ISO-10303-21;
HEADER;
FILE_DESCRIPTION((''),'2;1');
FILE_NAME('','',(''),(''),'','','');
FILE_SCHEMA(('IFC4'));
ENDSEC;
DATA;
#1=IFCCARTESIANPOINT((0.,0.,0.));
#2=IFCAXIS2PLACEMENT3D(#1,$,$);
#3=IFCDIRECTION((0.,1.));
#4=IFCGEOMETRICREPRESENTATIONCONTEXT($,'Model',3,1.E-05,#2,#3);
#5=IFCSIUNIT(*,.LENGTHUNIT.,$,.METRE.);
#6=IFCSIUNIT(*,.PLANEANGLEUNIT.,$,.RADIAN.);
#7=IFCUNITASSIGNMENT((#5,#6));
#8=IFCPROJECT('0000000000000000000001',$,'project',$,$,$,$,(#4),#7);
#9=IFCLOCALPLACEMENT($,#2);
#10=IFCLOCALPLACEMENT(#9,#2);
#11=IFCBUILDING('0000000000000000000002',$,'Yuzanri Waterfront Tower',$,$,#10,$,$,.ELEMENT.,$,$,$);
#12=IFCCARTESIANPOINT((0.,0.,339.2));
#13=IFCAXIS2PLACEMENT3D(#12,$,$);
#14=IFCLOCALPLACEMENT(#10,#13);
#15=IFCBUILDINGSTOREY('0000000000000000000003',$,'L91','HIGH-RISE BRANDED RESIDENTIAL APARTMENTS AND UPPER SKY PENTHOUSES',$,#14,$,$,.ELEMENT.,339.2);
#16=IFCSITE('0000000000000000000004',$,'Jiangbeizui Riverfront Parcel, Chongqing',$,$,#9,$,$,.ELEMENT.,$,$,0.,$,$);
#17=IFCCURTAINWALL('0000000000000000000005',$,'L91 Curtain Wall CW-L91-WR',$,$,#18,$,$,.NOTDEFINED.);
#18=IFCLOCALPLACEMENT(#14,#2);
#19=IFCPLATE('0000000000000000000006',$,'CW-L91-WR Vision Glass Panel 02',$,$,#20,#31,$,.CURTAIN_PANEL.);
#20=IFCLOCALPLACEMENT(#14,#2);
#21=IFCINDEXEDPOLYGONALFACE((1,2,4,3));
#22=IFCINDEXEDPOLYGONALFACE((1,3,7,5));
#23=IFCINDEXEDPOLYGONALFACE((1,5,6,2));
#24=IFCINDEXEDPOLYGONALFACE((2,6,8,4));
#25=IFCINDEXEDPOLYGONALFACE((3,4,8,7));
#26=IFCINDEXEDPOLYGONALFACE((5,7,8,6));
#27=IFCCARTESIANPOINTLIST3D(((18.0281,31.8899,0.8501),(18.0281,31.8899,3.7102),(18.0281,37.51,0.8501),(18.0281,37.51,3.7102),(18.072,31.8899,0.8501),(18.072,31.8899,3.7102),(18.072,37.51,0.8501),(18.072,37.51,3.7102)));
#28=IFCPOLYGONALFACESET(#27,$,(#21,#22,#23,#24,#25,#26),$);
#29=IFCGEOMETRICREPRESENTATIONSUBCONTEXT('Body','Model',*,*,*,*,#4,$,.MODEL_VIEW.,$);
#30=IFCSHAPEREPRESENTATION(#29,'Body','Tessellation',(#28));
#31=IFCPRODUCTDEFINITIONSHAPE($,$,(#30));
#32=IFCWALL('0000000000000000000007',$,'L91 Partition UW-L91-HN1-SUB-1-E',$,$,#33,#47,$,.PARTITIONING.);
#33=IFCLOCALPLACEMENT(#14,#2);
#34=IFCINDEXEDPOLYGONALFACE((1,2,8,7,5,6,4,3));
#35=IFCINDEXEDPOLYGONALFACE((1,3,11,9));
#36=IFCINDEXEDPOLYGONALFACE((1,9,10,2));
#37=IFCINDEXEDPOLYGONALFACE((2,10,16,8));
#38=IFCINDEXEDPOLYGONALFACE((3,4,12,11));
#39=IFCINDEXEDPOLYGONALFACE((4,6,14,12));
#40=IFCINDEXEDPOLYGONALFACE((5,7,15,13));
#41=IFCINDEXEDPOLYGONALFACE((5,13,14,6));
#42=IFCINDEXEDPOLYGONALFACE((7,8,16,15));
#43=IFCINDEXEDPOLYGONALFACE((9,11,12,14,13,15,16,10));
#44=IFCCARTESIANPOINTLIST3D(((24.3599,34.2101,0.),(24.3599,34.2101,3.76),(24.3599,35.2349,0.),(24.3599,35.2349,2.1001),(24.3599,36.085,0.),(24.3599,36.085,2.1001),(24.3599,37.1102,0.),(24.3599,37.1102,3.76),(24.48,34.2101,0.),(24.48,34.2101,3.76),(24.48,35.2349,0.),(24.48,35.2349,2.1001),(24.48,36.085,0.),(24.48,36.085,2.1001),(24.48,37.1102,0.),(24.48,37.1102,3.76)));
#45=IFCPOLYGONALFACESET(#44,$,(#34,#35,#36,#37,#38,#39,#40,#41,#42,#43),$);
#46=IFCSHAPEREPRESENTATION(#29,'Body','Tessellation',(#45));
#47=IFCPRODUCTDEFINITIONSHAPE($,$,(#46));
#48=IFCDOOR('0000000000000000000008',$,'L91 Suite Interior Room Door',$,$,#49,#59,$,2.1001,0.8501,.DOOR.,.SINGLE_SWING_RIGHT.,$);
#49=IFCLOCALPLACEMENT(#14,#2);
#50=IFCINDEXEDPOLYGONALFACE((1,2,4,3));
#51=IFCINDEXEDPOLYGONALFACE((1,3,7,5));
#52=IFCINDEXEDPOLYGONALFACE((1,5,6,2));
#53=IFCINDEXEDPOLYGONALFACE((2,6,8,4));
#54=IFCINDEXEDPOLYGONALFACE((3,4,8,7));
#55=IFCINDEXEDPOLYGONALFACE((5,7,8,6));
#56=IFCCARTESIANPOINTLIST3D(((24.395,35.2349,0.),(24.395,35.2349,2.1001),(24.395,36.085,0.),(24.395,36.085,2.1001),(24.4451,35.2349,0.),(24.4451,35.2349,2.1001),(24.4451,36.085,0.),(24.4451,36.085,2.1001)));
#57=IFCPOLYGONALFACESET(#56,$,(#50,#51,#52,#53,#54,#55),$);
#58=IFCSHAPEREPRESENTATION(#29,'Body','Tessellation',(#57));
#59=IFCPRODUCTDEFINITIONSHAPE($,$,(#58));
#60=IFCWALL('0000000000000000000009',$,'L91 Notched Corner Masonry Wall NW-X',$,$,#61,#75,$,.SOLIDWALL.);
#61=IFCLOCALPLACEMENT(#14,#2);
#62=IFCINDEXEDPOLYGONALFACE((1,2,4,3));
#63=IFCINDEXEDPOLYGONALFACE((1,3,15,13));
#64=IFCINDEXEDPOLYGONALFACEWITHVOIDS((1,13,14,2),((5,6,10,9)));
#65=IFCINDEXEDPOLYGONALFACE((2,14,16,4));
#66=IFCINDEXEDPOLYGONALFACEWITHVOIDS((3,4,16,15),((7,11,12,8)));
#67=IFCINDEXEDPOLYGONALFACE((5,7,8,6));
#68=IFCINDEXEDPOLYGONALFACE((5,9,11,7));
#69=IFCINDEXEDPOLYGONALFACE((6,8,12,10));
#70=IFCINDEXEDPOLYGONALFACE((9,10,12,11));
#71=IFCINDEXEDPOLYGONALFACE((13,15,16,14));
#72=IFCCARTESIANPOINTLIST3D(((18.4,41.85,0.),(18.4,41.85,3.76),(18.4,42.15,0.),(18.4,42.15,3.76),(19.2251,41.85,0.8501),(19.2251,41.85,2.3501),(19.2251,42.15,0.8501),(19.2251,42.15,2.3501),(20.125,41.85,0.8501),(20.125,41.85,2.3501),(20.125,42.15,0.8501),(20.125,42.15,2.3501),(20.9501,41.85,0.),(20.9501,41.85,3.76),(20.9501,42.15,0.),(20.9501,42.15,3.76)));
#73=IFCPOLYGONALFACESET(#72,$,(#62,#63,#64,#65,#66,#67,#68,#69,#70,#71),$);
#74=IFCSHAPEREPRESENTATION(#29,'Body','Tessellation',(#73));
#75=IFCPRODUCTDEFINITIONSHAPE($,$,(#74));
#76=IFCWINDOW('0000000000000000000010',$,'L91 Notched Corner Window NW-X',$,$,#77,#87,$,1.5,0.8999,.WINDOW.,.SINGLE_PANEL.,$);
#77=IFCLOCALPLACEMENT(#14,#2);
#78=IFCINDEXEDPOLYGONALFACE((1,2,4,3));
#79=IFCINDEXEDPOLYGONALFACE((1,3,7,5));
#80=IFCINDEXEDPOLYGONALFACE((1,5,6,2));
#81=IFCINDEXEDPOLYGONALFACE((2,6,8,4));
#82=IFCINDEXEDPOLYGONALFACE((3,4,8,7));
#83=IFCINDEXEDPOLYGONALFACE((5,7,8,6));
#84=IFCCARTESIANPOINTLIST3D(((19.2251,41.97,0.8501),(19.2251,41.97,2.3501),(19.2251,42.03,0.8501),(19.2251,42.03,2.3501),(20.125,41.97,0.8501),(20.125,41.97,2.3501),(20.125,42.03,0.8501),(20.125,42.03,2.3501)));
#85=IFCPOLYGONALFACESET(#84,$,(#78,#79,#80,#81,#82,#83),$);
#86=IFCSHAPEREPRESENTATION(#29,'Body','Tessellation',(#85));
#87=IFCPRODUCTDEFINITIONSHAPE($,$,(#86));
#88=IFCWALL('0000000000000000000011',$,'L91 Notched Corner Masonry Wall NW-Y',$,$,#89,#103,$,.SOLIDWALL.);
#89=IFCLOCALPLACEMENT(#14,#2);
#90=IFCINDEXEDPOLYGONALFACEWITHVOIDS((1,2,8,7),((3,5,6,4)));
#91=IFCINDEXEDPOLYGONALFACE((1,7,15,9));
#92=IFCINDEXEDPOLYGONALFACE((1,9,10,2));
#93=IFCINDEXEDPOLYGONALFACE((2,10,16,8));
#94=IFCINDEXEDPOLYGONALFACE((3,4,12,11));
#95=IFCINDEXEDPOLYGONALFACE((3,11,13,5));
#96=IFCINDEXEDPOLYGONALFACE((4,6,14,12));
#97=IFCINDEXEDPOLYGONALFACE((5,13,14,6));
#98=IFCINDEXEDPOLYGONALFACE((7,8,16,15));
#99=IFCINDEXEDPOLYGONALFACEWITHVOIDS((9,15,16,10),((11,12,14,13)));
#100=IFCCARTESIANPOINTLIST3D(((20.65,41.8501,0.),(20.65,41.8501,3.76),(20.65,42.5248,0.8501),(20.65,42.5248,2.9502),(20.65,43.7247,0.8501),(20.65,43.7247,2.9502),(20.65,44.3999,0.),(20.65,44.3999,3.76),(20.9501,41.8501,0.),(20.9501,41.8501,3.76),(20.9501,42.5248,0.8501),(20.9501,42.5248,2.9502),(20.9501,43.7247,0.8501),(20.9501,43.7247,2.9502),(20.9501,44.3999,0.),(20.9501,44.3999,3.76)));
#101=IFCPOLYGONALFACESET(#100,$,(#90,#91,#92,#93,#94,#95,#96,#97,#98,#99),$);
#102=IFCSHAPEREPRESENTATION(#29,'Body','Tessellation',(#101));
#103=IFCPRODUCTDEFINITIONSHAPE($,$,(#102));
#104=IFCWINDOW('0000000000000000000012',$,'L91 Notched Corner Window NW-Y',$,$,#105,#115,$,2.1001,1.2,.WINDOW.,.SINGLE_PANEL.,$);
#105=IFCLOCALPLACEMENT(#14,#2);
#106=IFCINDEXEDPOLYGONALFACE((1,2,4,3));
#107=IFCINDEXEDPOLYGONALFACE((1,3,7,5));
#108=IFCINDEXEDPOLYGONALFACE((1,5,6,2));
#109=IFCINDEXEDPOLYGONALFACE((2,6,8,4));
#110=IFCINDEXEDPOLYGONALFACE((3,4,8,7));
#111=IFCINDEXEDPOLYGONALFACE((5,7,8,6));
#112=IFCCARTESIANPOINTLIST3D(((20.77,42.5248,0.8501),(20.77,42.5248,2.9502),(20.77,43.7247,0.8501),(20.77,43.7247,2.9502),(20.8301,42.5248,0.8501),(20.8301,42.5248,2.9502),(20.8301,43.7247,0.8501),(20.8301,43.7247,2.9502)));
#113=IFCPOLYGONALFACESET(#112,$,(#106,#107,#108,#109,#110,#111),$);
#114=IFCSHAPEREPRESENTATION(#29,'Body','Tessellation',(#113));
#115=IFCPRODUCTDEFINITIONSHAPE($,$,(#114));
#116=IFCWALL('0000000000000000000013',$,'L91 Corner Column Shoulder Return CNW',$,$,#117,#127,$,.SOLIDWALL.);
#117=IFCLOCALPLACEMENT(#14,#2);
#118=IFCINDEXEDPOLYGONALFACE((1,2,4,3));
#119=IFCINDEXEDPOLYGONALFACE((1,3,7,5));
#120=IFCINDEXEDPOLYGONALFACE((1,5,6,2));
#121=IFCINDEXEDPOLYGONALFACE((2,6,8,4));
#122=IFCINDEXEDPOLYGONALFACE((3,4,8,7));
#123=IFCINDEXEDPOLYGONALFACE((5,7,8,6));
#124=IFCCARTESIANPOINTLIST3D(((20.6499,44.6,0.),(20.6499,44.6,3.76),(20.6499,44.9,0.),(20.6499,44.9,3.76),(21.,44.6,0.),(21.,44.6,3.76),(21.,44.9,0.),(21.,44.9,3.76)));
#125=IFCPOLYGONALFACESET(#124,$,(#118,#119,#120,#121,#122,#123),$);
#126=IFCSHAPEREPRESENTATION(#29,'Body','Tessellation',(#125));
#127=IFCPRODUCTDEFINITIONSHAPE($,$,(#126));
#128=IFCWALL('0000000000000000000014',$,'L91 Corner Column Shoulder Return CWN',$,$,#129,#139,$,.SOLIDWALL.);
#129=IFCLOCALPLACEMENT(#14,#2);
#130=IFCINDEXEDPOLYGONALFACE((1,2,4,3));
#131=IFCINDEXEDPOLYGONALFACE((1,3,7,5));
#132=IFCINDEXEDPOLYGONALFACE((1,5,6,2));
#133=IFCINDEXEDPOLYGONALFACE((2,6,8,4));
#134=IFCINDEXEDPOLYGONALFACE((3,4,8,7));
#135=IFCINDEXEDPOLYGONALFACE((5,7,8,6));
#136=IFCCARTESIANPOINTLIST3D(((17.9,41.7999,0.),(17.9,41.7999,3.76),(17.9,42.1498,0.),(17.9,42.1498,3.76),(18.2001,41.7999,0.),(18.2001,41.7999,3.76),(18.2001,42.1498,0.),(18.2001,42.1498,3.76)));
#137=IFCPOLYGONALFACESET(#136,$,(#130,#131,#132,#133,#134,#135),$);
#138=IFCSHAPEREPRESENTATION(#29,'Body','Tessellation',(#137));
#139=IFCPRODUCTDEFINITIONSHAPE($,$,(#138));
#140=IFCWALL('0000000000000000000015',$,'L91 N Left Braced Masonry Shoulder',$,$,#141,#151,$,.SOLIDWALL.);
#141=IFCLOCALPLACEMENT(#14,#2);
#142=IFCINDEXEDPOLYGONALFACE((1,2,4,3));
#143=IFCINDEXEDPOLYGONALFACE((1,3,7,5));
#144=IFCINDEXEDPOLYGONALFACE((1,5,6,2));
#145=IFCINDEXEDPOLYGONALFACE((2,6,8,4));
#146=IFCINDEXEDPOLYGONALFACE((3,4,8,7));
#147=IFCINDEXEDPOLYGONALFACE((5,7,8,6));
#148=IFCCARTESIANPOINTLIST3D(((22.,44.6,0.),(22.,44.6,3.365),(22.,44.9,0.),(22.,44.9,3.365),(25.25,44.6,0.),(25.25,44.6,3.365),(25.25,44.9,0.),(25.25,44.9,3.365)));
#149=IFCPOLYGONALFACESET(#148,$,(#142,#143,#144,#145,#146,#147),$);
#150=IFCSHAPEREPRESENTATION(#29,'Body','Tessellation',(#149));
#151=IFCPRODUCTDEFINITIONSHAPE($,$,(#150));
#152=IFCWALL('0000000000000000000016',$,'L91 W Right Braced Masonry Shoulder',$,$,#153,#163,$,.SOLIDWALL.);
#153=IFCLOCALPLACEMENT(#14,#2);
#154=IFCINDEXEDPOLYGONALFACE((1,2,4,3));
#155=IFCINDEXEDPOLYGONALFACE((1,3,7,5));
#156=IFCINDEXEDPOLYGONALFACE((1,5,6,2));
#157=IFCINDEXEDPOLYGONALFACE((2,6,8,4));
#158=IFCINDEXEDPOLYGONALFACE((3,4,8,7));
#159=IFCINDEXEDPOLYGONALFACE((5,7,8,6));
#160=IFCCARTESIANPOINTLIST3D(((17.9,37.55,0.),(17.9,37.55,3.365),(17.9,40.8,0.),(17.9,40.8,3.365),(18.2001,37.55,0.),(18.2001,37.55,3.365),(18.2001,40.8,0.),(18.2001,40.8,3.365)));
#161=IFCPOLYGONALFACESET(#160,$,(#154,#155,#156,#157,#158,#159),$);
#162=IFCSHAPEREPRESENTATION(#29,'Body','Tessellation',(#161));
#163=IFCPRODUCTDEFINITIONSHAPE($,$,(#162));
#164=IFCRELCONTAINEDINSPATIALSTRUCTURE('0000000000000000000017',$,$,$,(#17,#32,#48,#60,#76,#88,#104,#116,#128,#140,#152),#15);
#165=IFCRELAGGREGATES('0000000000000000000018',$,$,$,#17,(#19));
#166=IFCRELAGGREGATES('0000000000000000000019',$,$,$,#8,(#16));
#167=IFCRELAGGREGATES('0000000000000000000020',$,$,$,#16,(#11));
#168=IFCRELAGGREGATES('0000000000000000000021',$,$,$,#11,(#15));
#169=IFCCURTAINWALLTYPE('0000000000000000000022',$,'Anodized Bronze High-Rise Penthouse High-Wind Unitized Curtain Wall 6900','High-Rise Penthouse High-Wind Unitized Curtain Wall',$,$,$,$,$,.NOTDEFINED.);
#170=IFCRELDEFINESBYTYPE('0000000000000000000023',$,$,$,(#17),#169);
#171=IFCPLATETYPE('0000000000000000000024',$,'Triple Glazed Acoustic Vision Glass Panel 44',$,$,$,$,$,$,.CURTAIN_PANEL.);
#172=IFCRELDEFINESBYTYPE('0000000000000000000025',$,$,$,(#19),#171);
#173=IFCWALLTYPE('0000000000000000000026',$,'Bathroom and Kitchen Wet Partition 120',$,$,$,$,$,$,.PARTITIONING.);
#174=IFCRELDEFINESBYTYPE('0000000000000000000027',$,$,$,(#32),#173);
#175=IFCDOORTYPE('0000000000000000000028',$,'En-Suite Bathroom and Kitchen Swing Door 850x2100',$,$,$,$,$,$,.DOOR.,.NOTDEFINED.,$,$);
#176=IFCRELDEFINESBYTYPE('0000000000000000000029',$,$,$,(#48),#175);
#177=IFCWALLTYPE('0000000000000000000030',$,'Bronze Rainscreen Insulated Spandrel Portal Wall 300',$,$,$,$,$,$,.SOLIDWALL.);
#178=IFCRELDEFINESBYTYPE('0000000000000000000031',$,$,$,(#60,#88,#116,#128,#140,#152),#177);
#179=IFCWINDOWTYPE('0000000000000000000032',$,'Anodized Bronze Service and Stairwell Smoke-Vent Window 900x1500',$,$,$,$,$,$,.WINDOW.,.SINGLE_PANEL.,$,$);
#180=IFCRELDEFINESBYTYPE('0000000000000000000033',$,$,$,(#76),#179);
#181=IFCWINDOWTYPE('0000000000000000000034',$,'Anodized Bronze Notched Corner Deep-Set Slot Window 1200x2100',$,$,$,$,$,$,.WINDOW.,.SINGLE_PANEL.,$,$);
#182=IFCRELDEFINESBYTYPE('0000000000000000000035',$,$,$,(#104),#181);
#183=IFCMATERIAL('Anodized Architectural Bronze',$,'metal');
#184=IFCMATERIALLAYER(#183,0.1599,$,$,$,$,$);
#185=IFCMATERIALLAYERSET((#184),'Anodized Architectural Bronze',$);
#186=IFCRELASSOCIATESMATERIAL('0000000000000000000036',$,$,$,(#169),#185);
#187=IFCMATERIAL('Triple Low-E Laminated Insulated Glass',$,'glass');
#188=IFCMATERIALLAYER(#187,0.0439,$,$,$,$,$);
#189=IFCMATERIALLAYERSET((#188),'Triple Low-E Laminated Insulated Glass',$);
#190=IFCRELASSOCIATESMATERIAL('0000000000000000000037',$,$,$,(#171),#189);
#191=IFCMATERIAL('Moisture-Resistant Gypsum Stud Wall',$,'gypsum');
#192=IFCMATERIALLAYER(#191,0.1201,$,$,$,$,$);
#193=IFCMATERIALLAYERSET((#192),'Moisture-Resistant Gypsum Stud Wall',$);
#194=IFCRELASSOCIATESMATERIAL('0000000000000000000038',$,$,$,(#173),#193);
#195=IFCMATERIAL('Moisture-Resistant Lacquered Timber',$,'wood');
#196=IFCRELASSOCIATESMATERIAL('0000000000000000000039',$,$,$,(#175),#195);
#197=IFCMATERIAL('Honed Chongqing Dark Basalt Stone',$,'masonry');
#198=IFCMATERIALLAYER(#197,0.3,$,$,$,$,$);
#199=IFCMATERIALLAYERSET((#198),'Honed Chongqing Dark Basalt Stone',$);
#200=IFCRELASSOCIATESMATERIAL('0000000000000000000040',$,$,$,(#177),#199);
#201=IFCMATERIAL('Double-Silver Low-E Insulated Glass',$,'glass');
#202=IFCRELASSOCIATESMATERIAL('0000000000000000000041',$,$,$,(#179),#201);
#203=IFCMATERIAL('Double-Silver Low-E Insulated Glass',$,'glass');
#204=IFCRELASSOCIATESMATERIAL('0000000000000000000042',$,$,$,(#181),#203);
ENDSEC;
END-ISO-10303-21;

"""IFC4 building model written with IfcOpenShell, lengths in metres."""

from ifc_helpers import new_model, si_unit, direction, frame, frame_2d, origin, origin_2d, place, context, subcontext, project, spatial, rectangle, extrude, source, transform, mapped, material, layer, layer_set, type_object, element, fill, aggregate, save


model = new_model("IFC4")

# Units and contexts
model_context = context("Model", 3, precision=1e-05, world=origin(), true_north=direction((0.0, 1.0)))
body_context = subcontext(model_context, "Body", "Model", "MODEL_VIEW")
ifc_project = project(units=[si_unit("LENGTHUNIT", "METRE"), si_unit("PLANEANGLEUNIT", "RADIAN")], contexts=[model_context])

# Site, building, storey
site_placement = place(None, origin())
site = spatial("IfcSite", under=ifc_project, at=site_placement, Name="Jiangbeizui Riverfront Parcel, Chongqing", CompositionType="ELEMENT", RefElevation=0.0)
building_placement = place(site_placement, origin())
building = spatial("IfcBuilding", under=site, at=building_placement, Name="Yuzanri Waterfront Tower", CompositionType="ELEMENT")
storey_placement = place(building_placement, frame((0.0, 0.0, 339.2)))
storey = spatial("IfcBuildingStorey", under=building, at=storey_placement, Name="L91", Description="HIGH-RISE BRANDED RESIDENTIAL APARTMENTS AND UPPER SKY PENTHOUSES", CompositionType="ELEMENT", Elevation=339.2)

# Curtain wall
ifc_material_1 = material(Name="Anodized Architectural Bronze", Category="metal")
ifc_layer_1 = layer(ifc_material_1, 0.1599)
ifc_layer_set_1 = layer_set([ifc_layer_1], Name="Anodized Architectural Bronze")
curtain_wall_type = type_object("IfcCurtainWallType", Name="Anodized Bronze High-Rise Penthouse High-Wind Unitized Curtain Wall 6900", Description="High-Rise Penthouse High-Wind Unitized Curtain Wall", PredefinedType="NOTDEFINED", material=ifc_layer_set_1)
curtain_wall_placement = place(storey_placement, origin())
curtain_wall = element("IfcCurtainWall", 1, at=curtain_wall_placement, inside=storey, type_object=curtain_wall_type, Name="L91 Curtain Wall CW-L91-WR", PredefinedType="NOTDEFINED")

# Plate
ifc_material_2 = material(Name="Triple Low-E Laminated Insulated Glass", Category="glass")
ifc_layer_2 = layer(ifc_material_2, 0.0439)
ifc_layer_set_2 = layer_set([ifc_layer_2], Name="Triple Low-E Laminated Insulated Glass")
plate_type_1 = type_object("IfcPlateType", Name="Triple Glazed Acoustic Vision Glass Panel 44", PredefinedType="CURTAIN_PANEL", material=ifc_layer_set_2)
shared_shape_1 = source(origin(), body_context, "Body", "SweptSolid", [
    extrude(rectangle(XDim=5.6201, YDim=0.0439, at=origin_2d()), origin(), (0.0, 0.0, 1.0), 2.8601),
])
plate_1_placement = place(storey_placement, frame((18.05, 34.7, 0.8501), z_axis=(0.0, 0.0, 1.0), x_axis=(0.0, 1.0, 0.0)))
plate_1 = element("IfcPlate", 2, at=plate_1_placement, type_object=plate_type_1, Name="CW-L91-WR Vision Glass Panel 02", PredefinedType="CURTAIN_PANEL", context=body_context, shape_type="MappedRepresentation", body=[
    mapped(shared_shape_1, transform((0.0, 0.0, 0.0), scale=1.0)),
])
aggregate(curtain_wall, [plate_1])

# Wall, opening, door
ifc_material_3 = material(Name="Moisture-Resistant Gypsum Stud Wall", Category="gypsum")
ifc_layer_3 = layer(ifc_material_3, 0.1201)
ifc_layer_set_3 = layer_set([ifc_layer_3], Name="Moisture-Resistant Gypsum Stud Wall")
wall_type_1 = type_object("IfcWallType", Name="Bathroom and Kitchen Wet Partition 120", PredefinedType="PARTITIONING", material=ifc_layer_set_3)
wall_1_placement = place(storey_placement, frame((24.4199, 34.21, 0.0), z_axis=(0.0, 0.0, 1.0), x_axis=(0.0, 1.0, 0.0)))
wall_1 = element("IfcWall", 3, at=wall_1_placement, inside=storey, type_object=wall_type_1, Name="L91 Partition UW-L91-HN1-SUB-1-E", PredefinedType="PARTITIONING", context=body_context, shape_type="SweptSolid", body=[
    extrude(rectangle(XDim=2.9001, YDim=0.1201, at=frame_2d((1.4502, 0.0))), origin(), (0.0, 0.0, 1.0), 3.76),
])
opening_1_placement = place(wall_1_placement, frame((1.0249, 0.0, 0.0)))
opening_1 = element("IfcOpeningElement", 4, at=opening_1_placement, cuts=wall_1, PredefinedType="OPENING", context=body_context, shape_type="SweptSolid", body=[
    extrude(rectangle(XDim=0.8501, YDim=2.1001, at=frame_2d((0.425, 1.05))), frame((0.0, 0.075, 0.0), z_axis=(0.0, -1.0, 0.0), x_axis=(1.0, 0.0, 0.0)), (0.0, 0.0, 1.0), 0.1499),
])
ifc_material_4 = material(Name="Moisture-Resistant Lacquered Timber", Category="wood")
door_type = type_object("IfcDoorType", Name="En-Suite Bathroom and Kitchen Swing Door 850x2100", OperationType="NOTDEFINED", PredefinedType="DOOR", material=ifc_material_4)
shared_shape_2 = source(origin(), body_context, "Body", "SweptSolid", [
    extrude(rectangle(XDim=0.8501, YDim=2.1001, at=frame_2d((0.425, 1.05))), frame((0.0, 0.0249, 0.0), z_axis=(0.0, -1.0, 0.0), x_axis=(1.0, 0.0, 0.0)), (0.0, 0.0, 1.0), 0.05),
])
door_placement = place(opening_1_placement, origin())
door = element("IfcDoor", 5, at=door_placement, inside=storey, type_object=door_type, Name="L91 Suite Interior Room Door", OperationType="SINGLE_SWING_RIGHT", OverallHeight=2.1001, OverallWidth=0.8501, PredefinedType="DOOR", context=body_context, shape_type="MappedRepresentation", body=[
    mapped(shared_shape_2, transform((0.0, 0.0, 0.0), scale=1.0)),
])
fill(opening_1, door)

# Walls, openings, windows
ifc_material_5 = material(Name="Honed Chongqing Dark Basalt Stone", Category="masonry")
ifc_layer_4 = layer(ifc_material_5, 0.3)
ifc_layer_set_4 = layer_set([ifc_layer_4], Name="Honed Chongqing Dark Basalt Stone")
wall_type_2 = type_object("IfcWallType", Name="Bronze Rainscreen Insulated Spandrel Portal Wall 300", PredefinedType="SOLIDWALL", material=ifc_layer_set_4)
wall_2_placement = place(storey_placement, frame((20.95, 42.0, 0.0), z_axis=(0.0, 0.0, 1.0), x_axis=(-1.0, 0.0, 0.0)))
wall_2 = element("IfcWall", 6, at=wall_2_placement, inside=storey, type_object=wall_type_2, Name="L91 Notched Corner Masonry Wall NW-X", PredefinedType="SOLIDWALL", context=body_context, shape_type="SweptSolid", body=[
    extrude(rectangle(XDim=2.55, YDim=0.3, at=frame_2d((1.2749, 0.0))), origin(), (0.0, 0.0, 1.0), 3.76),
])
opening_2_placement = place(wall_2_placement, frame((0.825, 0.0, 0.8501)))
opening_2 = element("IfcOpeningElement", 7, at=opening_2_placement, cuts=wall_2, PredefinedType="OPENING", context=body_context, shape_type="SweptSolid", body=[
    extrude(rectangle(XDim=0.8999, YDim=1.5, at=frame_2d((0.45, 0.75))), frame((0.0, 0.165, 0.0), z_axis=(0.0, -1.0, 0.0), x_axis=(1.0, 0.0, 0.0)), (0.0, 0.0, 1.0), 0.3298),
])
ifc_material_6 = material(Name="Double-Silver Low-E Insulated Glass", Category="glass")
window_type_1 = type_object("IfcWindowType", Name="Anodized Bronze Service and Stairwell Smoke-Vent Window 900x1500", PartitioningType="SINGLE_PANEL", PredefinedType="WINDOW", material=ifc_material_6)
shared_shape_3 = source(origin(), body_context, "Body", "SweptSolid", [
    extrude(rectangle(XDim=0.8999, YDim=1.5, at=frame_2d((0.45, 0.75))), frame((0.0, 0.03, 0.0), z_axis=(0.0, -1.0, 0.0), x_axis=(1.0, 0.0, 0.0)), (0.0, 0.0, 1.0), 0.0601),
])
window_1_placement = place(opening_2_placement, origin())
window_1 = element("IfcWindow", 8, at=window_1_placement, inside=storey, type_object=window_type_1, Name="L91 Notched Corner Window NW-X", OverallHeight=1.5, OverallWidth=0.8999, PartitioningType="SINGLE_PANEL", PredefinedType="WINDOW", context=body_context, shape_type="MappedRepresentation", body=[
    mapped(shared_shape_3, transform((0.0, 0.0, 0.0), scale=1.0)),
])
fill(opening_2, window_1)
wall_3_placement = place(storey_placement, frame((20.8, 44.3999, 0.0), z_axis=(0.0, 0.0, 1.0), x_axis=(0.0, -1.0, 0.0)))
wall_3 = element("IfcWall", 9, at=wall_3_placement, inside=storey, type_object=wall_type_2, Name="L91 Notched Corner Masonry Wall NW-Y", PredefinedType="SOLIDWALL", context=body_context, shape_type="SweptSolid", body=[
    extrude(rectangle(XDim=2.5498, YDim=0.3, at=frame_2d((1.2749, 0.0))), origin(), (0.0, 0.0, 1.0), 3.76),
])
opening_3_placement = place(wall_3_placement, frame((0.675, 0.0, 0.8501)))
opening_3 = element("IfcOpeningElement", 10, at=opening_3_placement, cuts=wall_3, PredefinedType="OPENING", context=body_context, shape_type="SweptSolid", body=[
    extrude(rectangle(XDim=1.2, YDim=2.1001, at=frame_2d((0.6001, 1.05))), frame((0.0, 0.165, 0.0), z_axis=(0.0, -1.0, 0.0), x_axis=(1.0, 0.0, 0.0)), (0.0, 0.0, 1.0), 0.3298),
])
ifc_material_7 = material(Name="Double-Silver Low-E Insulated Glass", Category="glass")
window_type_2 = type_object("IfcWindowType", Name="Anodized Bronze Notched Corner Deep-Set Slot Window 1200x2100", PartitioningType="SINGLE_PANEL", PredefinedType="WINDOW", material=ifc_material_7)
shared_shape_4 = source(origin(), body_context, "Body", "SweptSolid", [
    extrude(rectangle(XDim=1.2, YDim=2.1001, at=frame_2d((0.6001, 1.05))), frame((0.0, 0.03, 0.0), z_axis=(0.0, -1.0, 0.0), x_axis=(1.0, 0.0, 0.0)), (0.0, 0.0, 1.0), 0.0601),
])
window_2_placement = place(opening_3_placement, origin())
window_2 = element("IfcWindow", 11, at=window_2_placement, inside=storey, type_object=window_type_2, Name="L91 Notched Corner Window NW-Y", OverallHeight=2.1001, OverallWidth=1.2, PartitioningType="SINGLE_PANEL", PredefinedType="WINDOW", context=body_context, shape_type="MappedRepresentation", body=[
    mapped(shared_shape_4, transform((0.0, 0.0, 0.0), scale=1.0)),
])
fill(opening_3, window_2)

# Walls
shared_shape_5 = source(origin(), body_context, "Body", "SweptSolid", [
    extrude(rectangle(XDim=0.3501, YDim=0.3, at=frame_2d((0.175, 0.0))), origin(), (0.0, 0.0, 1.0), 3.76),
])
wall_4_placement = place(storey_placement, frame((20.6499, 44.75, 0.0), z_axis=(0.0, 0.0, 1.0), x_axis=(1.0, 0.0, 0.0)))
element("IfcWall", 12, at=wall_4_placement, inside=storey, type_object=wall_type_2, Name="L91 Corner Column Shoulder Return CNW", PredefinedType="SOLIDWALL", context=body_context, shape_type="MappedRepresentation", body=[
    mapped(shared_shape_5, transform((0.0, 0.0, 0.0), scale=1.0)),
])
shared_shape_6 = source(origin(), body_context, "Body", "SweptSolid", [
    extrude(rectangle(XDim=0.3499, YDim=0.3, at=frame_2d((0.1748, 0.0))), origin(), (0.0, 0.0, 1.0), 3.76),
])
wall_5_placement = place(storey_placement, frame((18.05, 41.8, 0.0), z_axis=(0.0, 0.0, 1.0), x_axis=(0.0, 1.0, 0.0)))
element("IfcWall", 13, at=wall_5_placement, inside=storey, type_object=wall_type_2, Name="L91 Corner Column Shoulder Return CWN", PredefinedType="SOLIDWALL", context=body_context, shape_type="MappedRepresentation", body=[
    mapped(shared_shape_6, transform((0.0, 0.0, 0.0), scale=1.0)),
])
shared_shape_7 = source(origin(), body_context, "Body", "SweptSolid", [
    extrude(rectangle(XDim=3.25, YDim=0.3, at=frame_2d((1.625, 0.0))), origin(), (0.0, 0.0, 1.0), 3.365),
])
for number, where, z_axis, x_axis, name in (
    (14, (22.0, 44.75, 0.0), (0.0, 0.0, 1.0), (1.0, 0.0, 0.0), "L91 N Left Braced Masonry Shoulder"),
    (15, (18.05, 37.55, 0.0), (0.0, 0.0, 1.0), (0.0, 1.0, 0.0), "L91 W Right Braced Masonry Shoulder"),
):
    element("IfcWall", number, at=place(storey_placement, frame(where, z_axis=z_axis, x_axis=x_axis)), inside=storey, type_object=wall_type_2, Name=name, PredefinedType="SOLIDWALL", context=body_context, shape_type="MappedRepresentation", body=[
        mapped(shared_shape_7, transform((0.0, 0.0, 0.0), scale=1.0)),
    ])

save(model, "model.ifc")
